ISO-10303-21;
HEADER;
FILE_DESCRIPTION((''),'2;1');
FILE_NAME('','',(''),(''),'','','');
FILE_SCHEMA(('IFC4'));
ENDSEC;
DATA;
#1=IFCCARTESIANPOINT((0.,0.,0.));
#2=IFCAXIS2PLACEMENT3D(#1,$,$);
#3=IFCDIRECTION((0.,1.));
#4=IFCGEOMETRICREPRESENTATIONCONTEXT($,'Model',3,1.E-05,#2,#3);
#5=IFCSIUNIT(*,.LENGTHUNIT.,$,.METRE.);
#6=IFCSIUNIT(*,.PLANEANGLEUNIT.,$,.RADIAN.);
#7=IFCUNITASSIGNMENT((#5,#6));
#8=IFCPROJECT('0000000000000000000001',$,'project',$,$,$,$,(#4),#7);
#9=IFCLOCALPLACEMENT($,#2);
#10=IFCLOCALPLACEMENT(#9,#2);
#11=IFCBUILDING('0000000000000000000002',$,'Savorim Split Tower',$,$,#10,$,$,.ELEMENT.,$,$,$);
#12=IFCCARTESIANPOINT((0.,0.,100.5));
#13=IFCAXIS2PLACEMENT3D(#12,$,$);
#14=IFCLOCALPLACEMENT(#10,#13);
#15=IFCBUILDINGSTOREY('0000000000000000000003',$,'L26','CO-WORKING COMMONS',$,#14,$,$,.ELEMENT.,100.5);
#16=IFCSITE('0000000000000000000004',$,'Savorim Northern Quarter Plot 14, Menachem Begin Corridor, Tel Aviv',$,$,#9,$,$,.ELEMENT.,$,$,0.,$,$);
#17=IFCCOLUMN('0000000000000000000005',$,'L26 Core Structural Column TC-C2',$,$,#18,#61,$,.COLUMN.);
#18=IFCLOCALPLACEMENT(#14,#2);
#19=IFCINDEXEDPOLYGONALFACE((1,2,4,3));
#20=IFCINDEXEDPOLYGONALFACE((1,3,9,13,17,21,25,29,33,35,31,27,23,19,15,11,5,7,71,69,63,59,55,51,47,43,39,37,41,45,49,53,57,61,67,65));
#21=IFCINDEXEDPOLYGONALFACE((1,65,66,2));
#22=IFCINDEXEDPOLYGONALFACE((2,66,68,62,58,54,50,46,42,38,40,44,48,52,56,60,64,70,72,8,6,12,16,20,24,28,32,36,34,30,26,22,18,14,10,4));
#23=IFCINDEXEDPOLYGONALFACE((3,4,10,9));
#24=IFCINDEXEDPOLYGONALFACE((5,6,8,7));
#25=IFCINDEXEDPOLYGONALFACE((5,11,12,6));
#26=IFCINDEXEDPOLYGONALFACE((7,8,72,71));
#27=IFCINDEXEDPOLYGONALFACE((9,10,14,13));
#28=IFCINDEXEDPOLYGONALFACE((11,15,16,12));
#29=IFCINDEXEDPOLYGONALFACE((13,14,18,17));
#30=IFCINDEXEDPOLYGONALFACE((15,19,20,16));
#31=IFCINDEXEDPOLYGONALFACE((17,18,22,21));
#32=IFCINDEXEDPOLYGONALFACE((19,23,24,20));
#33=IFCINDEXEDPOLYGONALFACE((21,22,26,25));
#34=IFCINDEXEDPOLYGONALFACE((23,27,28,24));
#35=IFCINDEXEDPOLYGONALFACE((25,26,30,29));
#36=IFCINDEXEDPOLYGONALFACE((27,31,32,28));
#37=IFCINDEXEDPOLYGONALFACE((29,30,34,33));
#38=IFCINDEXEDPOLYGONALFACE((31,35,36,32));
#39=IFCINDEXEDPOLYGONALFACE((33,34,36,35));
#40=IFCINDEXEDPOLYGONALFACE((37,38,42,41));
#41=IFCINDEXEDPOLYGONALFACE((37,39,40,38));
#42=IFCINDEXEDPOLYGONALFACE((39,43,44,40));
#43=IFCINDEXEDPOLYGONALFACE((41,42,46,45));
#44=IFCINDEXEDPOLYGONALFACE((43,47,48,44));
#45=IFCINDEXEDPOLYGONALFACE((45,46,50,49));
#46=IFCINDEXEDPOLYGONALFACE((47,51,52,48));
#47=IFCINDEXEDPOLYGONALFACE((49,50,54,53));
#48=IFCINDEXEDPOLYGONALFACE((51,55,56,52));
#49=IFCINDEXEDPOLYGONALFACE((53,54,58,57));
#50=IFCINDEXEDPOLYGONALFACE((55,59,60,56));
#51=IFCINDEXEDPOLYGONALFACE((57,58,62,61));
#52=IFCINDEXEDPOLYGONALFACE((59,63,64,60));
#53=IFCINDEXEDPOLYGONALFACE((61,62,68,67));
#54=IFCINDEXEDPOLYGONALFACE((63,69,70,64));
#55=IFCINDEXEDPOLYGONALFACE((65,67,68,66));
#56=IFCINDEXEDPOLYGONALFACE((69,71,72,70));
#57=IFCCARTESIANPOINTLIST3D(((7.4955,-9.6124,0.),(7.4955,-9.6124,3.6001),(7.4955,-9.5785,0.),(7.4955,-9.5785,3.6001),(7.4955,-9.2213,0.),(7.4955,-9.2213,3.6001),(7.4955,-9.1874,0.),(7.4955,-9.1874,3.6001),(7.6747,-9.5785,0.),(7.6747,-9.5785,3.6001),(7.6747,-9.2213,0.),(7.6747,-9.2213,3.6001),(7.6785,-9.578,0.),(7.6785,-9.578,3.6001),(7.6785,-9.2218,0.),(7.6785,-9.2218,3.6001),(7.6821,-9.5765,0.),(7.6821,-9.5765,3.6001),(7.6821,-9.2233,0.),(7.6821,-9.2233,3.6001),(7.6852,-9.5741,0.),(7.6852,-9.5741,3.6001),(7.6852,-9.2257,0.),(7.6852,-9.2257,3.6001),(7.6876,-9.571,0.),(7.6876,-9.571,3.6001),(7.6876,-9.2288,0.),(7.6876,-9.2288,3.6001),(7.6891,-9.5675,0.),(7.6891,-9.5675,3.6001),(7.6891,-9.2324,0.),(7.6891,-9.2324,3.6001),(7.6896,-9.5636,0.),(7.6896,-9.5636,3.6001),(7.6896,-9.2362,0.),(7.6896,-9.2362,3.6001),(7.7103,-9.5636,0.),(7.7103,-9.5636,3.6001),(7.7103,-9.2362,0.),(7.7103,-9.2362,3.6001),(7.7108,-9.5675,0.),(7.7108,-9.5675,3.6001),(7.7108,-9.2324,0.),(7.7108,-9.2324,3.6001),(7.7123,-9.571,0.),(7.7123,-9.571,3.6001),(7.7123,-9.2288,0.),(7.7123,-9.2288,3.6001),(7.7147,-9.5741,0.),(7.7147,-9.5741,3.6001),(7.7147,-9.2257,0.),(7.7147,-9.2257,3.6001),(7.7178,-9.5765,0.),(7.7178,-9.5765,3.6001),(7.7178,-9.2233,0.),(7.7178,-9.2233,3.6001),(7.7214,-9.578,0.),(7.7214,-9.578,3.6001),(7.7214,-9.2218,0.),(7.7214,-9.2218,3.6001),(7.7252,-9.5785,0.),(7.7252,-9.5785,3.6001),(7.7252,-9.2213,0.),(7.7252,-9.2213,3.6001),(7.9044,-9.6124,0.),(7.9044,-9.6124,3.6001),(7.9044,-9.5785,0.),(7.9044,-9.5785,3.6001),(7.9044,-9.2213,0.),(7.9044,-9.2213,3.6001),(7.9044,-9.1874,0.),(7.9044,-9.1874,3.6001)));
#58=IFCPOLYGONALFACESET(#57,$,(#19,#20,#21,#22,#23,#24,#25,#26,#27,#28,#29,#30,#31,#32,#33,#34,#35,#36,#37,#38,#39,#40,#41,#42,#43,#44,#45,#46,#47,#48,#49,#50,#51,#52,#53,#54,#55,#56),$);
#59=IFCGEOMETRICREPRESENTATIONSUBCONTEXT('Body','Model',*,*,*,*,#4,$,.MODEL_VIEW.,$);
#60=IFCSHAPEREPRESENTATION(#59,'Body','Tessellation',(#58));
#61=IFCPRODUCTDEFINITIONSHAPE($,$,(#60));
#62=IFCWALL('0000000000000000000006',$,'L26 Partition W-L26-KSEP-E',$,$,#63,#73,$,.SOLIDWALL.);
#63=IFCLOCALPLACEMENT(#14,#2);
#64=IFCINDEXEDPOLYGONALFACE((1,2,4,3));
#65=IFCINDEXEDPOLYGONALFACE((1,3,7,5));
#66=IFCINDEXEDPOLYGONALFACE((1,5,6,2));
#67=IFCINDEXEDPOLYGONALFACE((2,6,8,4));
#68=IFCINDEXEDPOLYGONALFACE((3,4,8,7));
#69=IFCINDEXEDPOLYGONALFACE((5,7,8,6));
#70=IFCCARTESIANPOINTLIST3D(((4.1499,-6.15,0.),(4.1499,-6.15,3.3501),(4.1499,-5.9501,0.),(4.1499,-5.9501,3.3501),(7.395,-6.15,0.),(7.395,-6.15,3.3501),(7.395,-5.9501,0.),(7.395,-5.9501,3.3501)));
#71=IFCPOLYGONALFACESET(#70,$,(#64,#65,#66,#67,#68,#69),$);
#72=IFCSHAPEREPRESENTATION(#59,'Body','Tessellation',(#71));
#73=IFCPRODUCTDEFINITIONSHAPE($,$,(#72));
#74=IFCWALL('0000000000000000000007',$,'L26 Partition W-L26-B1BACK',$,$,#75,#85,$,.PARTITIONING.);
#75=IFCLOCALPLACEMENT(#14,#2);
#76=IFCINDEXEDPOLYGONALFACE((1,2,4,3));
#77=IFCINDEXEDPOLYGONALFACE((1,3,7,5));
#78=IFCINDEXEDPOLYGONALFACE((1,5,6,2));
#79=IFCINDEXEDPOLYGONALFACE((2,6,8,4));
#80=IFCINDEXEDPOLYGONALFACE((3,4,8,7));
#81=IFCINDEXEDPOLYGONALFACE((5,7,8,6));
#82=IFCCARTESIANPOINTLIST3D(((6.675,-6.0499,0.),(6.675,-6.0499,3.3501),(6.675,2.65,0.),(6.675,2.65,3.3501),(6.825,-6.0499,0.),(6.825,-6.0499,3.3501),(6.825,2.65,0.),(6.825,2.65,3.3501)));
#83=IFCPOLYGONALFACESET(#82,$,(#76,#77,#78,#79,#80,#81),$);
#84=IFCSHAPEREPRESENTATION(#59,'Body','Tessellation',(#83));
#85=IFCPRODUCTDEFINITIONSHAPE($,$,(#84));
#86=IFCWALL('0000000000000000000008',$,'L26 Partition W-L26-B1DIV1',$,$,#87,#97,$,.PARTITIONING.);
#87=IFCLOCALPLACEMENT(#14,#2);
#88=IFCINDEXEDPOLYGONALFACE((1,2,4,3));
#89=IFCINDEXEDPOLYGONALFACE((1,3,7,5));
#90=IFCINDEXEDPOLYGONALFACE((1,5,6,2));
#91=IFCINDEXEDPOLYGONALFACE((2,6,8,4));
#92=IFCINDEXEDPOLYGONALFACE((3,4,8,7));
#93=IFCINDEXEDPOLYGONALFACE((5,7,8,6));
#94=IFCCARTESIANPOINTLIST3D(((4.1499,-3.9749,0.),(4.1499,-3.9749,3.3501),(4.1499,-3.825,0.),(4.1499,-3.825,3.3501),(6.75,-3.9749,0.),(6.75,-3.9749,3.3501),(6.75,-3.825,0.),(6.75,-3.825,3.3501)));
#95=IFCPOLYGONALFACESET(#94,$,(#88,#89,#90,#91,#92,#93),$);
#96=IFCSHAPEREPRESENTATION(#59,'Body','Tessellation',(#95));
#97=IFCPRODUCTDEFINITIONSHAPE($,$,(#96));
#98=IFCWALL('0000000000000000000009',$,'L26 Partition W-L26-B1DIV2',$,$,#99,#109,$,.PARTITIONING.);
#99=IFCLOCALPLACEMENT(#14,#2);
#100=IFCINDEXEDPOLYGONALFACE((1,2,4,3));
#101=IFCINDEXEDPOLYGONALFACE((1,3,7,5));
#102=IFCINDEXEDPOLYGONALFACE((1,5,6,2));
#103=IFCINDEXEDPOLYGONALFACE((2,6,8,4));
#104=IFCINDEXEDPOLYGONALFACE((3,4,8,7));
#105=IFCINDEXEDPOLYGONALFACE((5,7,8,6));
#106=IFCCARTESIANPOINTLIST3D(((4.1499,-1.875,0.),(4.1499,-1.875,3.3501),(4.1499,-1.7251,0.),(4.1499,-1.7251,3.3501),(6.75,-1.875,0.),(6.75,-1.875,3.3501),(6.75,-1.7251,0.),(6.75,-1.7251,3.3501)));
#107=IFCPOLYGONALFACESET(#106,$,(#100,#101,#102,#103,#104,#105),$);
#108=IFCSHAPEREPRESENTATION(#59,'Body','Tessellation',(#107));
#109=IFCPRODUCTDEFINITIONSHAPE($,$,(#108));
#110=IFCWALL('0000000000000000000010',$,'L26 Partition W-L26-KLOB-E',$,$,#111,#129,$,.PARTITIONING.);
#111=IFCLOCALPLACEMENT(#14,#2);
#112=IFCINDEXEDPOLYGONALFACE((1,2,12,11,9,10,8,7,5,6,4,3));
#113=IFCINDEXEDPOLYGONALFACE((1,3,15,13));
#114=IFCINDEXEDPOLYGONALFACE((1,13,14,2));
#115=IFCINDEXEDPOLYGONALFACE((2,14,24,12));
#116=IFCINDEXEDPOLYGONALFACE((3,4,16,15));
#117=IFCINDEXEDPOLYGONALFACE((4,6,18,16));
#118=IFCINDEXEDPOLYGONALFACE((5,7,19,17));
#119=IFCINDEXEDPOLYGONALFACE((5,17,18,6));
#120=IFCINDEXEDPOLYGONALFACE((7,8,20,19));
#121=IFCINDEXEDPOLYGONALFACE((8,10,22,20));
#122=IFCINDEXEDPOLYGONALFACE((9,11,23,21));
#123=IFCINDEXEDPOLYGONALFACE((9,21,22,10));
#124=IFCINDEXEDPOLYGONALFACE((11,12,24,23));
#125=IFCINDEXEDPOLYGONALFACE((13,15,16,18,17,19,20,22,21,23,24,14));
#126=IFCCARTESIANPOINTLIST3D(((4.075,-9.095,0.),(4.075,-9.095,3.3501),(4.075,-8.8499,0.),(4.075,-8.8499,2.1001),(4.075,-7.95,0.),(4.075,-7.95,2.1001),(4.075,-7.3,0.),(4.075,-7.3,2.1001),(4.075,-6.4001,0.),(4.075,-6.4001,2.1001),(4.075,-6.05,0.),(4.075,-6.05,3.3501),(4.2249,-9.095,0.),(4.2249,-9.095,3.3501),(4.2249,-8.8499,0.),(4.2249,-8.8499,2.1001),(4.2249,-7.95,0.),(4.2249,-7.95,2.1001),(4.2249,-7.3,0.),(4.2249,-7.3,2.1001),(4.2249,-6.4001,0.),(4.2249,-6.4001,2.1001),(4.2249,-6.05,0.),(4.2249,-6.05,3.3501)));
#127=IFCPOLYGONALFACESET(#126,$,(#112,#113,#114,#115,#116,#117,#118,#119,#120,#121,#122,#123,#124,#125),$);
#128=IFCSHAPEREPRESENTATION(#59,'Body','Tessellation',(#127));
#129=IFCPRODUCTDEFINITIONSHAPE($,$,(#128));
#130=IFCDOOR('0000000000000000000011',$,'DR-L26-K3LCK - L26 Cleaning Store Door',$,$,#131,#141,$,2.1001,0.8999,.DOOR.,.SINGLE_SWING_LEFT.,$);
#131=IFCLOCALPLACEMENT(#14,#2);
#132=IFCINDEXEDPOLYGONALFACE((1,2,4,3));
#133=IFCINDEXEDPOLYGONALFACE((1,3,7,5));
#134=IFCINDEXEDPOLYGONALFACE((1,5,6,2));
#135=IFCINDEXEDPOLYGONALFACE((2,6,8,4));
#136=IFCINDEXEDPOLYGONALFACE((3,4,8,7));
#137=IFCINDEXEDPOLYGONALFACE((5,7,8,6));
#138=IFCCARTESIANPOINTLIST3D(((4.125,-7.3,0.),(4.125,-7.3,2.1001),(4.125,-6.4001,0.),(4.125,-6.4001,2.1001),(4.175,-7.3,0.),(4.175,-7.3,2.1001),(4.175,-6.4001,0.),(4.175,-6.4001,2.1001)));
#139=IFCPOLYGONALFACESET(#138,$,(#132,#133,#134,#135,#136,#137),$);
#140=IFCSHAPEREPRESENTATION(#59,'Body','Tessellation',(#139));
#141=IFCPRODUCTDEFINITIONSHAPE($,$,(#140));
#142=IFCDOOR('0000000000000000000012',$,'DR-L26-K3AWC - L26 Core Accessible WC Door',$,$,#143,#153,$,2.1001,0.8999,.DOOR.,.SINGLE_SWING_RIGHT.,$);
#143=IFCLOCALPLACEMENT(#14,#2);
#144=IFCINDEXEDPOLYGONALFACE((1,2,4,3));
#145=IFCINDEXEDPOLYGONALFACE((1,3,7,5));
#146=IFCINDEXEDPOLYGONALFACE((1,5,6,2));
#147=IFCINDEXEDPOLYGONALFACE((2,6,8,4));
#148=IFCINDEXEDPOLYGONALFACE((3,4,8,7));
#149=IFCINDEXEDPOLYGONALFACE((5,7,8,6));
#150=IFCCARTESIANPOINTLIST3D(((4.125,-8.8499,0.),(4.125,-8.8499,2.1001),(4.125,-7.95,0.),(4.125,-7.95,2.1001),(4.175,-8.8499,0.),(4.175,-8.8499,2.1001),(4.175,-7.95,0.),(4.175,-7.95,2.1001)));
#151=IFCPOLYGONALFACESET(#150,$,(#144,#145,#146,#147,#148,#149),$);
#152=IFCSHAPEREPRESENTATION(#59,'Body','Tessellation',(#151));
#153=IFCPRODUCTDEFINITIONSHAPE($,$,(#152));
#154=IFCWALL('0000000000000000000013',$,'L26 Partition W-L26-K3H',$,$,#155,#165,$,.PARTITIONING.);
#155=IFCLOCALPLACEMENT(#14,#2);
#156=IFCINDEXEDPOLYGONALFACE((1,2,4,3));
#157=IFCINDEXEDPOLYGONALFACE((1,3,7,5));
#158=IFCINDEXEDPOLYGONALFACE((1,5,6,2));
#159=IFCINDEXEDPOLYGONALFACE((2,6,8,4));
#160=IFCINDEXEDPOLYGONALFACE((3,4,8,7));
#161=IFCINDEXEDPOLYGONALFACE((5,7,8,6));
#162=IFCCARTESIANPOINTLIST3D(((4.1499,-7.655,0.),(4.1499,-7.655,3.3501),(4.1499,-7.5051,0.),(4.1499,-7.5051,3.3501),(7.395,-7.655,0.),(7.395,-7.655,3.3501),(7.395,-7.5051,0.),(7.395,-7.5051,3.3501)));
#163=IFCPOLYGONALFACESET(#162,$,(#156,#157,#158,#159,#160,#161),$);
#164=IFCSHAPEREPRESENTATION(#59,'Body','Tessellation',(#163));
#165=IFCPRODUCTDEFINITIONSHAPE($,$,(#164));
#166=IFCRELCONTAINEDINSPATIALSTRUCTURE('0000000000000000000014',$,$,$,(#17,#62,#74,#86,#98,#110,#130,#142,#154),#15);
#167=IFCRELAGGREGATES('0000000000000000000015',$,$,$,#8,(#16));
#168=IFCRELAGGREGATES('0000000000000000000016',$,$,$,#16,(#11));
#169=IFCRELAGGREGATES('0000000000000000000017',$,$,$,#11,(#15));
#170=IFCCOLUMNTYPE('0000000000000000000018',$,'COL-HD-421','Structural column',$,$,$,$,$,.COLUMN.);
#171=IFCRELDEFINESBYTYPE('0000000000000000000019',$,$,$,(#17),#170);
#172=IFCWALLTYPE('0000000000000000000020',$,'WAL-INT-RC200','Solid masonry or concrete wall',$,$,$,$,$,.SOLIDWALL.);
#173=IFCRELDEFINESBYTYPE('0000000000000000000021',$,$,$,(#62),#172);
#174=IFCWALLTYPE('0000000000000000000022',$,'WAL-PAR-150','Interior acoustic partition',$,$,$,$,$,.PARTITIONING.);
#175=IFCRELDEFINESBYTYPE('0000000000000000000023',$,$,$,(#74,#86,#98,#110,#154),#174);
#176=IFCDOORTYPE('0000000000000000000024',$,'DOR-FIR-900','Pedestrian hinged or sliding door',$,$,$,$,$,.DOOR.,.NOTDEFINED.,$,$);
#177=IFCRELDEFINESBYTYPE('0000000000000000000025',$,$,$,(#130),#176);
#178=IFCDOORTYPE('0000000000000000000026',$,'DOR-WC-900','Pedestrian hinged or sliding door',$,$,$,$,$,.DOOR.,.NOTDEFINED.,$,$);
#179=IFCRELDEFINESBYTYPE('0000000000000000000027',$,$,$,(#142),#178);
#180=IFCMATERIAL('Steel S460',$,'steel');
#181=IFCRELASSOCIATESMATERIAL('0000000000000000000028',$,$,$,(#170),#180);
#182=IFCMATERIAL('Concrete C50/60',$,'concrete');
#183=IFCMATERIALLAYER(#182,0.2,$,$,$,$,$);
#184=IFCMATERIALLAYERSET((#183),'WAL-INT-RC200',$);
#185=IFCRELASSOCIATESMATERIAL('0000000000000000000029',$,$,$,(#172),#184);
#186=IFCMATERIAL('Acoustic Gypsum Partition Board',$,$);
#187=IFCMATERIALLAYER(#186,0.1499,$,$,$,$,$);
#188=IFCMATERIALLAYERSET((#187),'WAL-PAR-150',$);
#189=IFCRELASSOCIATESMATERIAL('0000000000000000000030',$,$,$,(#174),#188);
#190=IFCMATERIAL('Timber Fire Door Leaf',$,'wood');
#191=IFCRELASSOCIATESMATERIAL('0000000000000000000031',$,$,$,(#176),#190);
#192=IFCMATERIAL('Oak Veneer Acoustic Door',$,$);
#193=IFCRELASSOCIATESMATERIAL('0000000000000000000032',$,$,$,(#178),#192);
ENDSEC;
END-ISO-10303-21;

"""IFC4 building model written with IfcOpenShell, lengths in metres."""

from ifc_helpers import new_model, si_unit, direction, frame, frame_2d, origin, origin_2d, place, context, subcontext, project, spatial, rectangle, i_section, extrude, material, layer, layer_set, material_profile, profile_set, type_object, element, fill, save


model = new_model("IFC4")

# Units and contexts
model_context = context("Model", 3, precision=1e-05, world=origin(), true_north=direction((0.0, 1.0)))
body_context = subcontext(model_context, "Body", "Model", "MODEL_VIEW")
ifc_project = project(units=[si_unit("LENGTHUNIT", "METRE"), si_unit("PLANEANGLEUNIT", "RADIAN")], contexts=[model_context])

# Site, building, storey
site_placement = place(None, origin())
site = spatial("IfcSite", under=ifc_project, at=site_placement, Name="Savorim Northern Quarter Plot 14, Menachem Begin Corridor, Tel Aviv", CompositionType="ELEMENT", RefElevation=0.0)
building_placement = place(site_placement, origin())
building = spatial("IfcBuilding", under=site, at=building_placement, Name="Savorim Split Tower", CompositionType="ELEMENT")
storey_placement = place(building_placement, frame((0.0, 0.0, 100.5)))
storey = spatial("IfcBuildingStorey", under=building, at=storey_placement, Name="L26", Description="CO-WORKING COMMONS", CompositionType="ELEMENT", Elevation=100.5)

# Column
ifc_material_1 = material(Name="Steel S460", Category="steel")
ifc_material_profile = material_profile(ifc_material_1, i_section(OverallWidth=0.4089, OverallDepth=0.425, WebThickness=0.0208, FlangeThickness=0.0339, FilletRadius=0.0149, at=origin_2d()), Name="HD 400x421")
ifc_profile_set = profile_set([ifc_material_profile], Name="Steel S460")
column_type = type_object("IfcColumnType", Name="COL-HD-421", Description="Structural column", PredefinedType="COLUMN", material=ifc_profile_set)
column_placement = place(storey_placement, frame((7.7, -9.3999, 0.0), z_axis=(0.0, 0.0, 1.0), x_axis=(1.0, 0.0, 0.0)))
element("IfcColumn", 1, at=column_placement, inside=storey, type_object=column_type, Name="L26 Core Structural Column TC-C2", PredefinedType="COLUMN", context=body_context, shape_type="SweptSolid", body=[
    extrude(i_section(OverallWidth=0.4089, OverallDepth=0.425, WebThickness=0.0208, FlangeThickness=0.0339, FilletRadius=0.0149, at=origin_2d()), origin(), (0.0, 0.0, 1.0), 3.6001),
])

# Shared definitions
ifc_material_2 = material(Name="Concrete C50/60", Category="concrete")
ifc_layer_1 = layer(ifc_material_2, 0.2)
ifc_layer_set_1 = layer_set([ifc_layer_1], Name="WAL-INT-RC200")
wall_type_1 = type_object("IfcWallType", Name="WAL-INT-RC200", Description="Solid masonry or concrete wall", PredefinedType="SOLIDWALL", material=ifc_layer_set_1)

# Walls
wall_1_placement = place(storey_placement, frame((4.1499, -6.05, 0.0), z_axis=(0.0, 0.0, 1.0), x_axis=(1.0, 0.0, 0.0)))
element("IfcWall", 2, at=wall_1_placement, inside=storey, type_object=wall_type_1, Name="L26 Partition W-L26-KSEP-E", PredefinedType="SOLIDWALL", context=body_context, shape_type="SweptSolid", body=[
    extrude(rectangle(XDim=3.2451, YDim=0.2, at=frame_2d((1.6226, 0.0))), origin(), (0.0, 0.0, 1.0), 3.3501),
])
ifc_material_3 = material(Name="Acoustic Gypsum Partition Board")
ifc_layer_2 = layer(ifc_material_3, 0.1499)
ifc_layer_set_2 = layer_set([ifc_layer_2], Name="WAL-PAR-150")
wall_type_2 = type_object("IfcWallType", Name="WAL-PAR-150", Description="Interior acoustic partition", PredefinedType="PARTITIONING", material=ifc_layer_set_2)
wall_2_placement = place(storey_placement, frame((6.75, -6.05, 0.0), z_axis=(0.0, 0.0, 1.0), x_axis=(0.0, 1.0, 0.0)))
element("IfcWall", 3, at=wall_2_placement, inside=storey, type_object=wall_type_2, Name="L26 Partition W-L26-B1BACK", PredefinedType="PARTITIONING", context=body_context, shape_type="SweptSolid", body=[
    extrude(rectangle(XDim=8.7, YDim=0.1499, at=frame_2d((4.3501, 0.0))), origin(), (0.0, 0.0, 1.0), 3.3501),
])
for number, where, z_axis, x_axis, name in (
    (4, (4.1499, -3.8999, 0.0), (0.0, 0.0, 1.0), (1.0, 0.0, 0.0), "L26 Partition W-L26-B1DIV1"),
    (5, (4.1499, -1.8, 0.0), (0.0, 0.0, 1.0), (1.0, 0.0, 0.0), "L26 Partition W-L26-B1DIV2"),
):
    element("IfcWall", number, at=place(storey_placement, frame(where, z_axis=z_axis, x_axis=x_axis)), inside=storey, type_object=wall_type_2, Name=name, PredefinedType="PARTITIONING", context=body_context, shape_type="SweptSolid", body=[
        extrude(rectangle(XDim=2.6001, YDim=0.1499, at=frame_2d((1.3, 0.0))), origin(), (0.0, 0.0, 1.0), 3.3501),
    ])

# Wall, openings, doors
wall_3_placement = place(storey_placement, frame((4.1499, -9.095, 0.0), z_axis=(0.0, 0.0, 1.0), x_axis=(0.0, 1.0, 0.0)))
wall_3 = element("IfcWall", 6, at=wall_3_placement, inside=storey, type_object=wall_type_2, Name="L26 Partition W-L26-KLOB-E", PredefinedType="PARTITIONING", context=body_context, shape_type="SweptSolid", body=[
    extrude(rectangle(XDim=3.0449, YDim=0.1499, at=frame_2d((1.5225, 0.0))), origin(), (0.0, 0.0, 1.0), 3.3501),
])
opening_1_placement = place(wall_3_placement, frame((0.2451, 0.0, 0.0)))
opening_1 = element("IfcOpeningElement", 7, at=opening_1_placement, cuts=wall_3, PredefinedType="OPENING", context=body_context, shape_type="SweptSolid", body=[
    extrude(rectangle(XDim=0.8999, YDim=2.1001, at=frame_2d((0.45, 1.05))), frame((0.0, 0.085, 0.0), z_axis=(0.0, -1.0, 0.0), x_axis=(1.0, 0.0, 0.0)), (0.0, 0.0, 1.0), 0.1699),
])
opening_2_placement = place(wall_3_placement, frame((1.7949, 0.0, 0.0)))
opening_2 = element("IfcOpeningElement", 8, at=opening_2_placement, cuts=wall_3, PredefinedType="OPENING", context=body_context, shape_type="SweptSolid", body=[
    extrude(rectangle(XDim=0.8999, YDim=2.1001, at=frame_2d((0.45, 1.05))), frame((0.0, 0.085, 0.0), z_axis=(0.0, -1.0, 0.0), x_axis=(1.0, 0.0, 0.0)), (0.0, 0.0, 1.0), 0.1699),
])
ifc_material_4 = material(Name="Timber Fire Door Leaf", Category="wood")
door_type_1 = type_object("IfcDoorType", Name="DOR-FIR-900", Description="Pedestrian hinged or sliding door", OperationType="NOTDEFINED", PredefinedType="DOOR", material=ifc_material_4)
door_1_placement = place(opening_2_placement, origin())
door_1 = element("IfcDoor", 9, at=door_1_placement, inside=storey, type_object=door_type_1, Name="DR-L26-K3LCK - L26 Cleaning Store Door", OperationType="SINGLE_SWING_LEFT", OverallHeight=2.1001, OverallWidth=0.8999, PredefinedType="DOOR", context=body_context, shape_type="SweptSolid", body=[
    extrude(rectangle(XDim=0.8999, YDim=2.1001, at=frame_2d((0.45, 1.05))), frame((0.0, 0.0249, 0.0), z_axis=(0.0, -1.0, 0.0), x_axis=(1.0, 0.0, 0.0)), (0.0, 0.0, 1.0), 0.05),
])
fill(opening_2, door_1)
ifc_material_5 = material(Name="Oak Veneer Acoustic Door")
door_type_2 = type_object("IfcDoorType", Name="DOR-WC-900", Description="Pedestrian hinged or sliding door", OperationType="NOTDEFINED", PredefinedType="DOOR", material=ifc_material_5)
door_2_placement = place(opening_1_placement, origin())
door_2 = element("IfcDoor", 10, at=door_2_placement, inside=storey, type_object=door_type_2, Name="DR-L26-K3AWC - L26 Core Accessible WC Door", OperationType="SINGLE_SWING_RIGHT", OverallHeight=2.1001, OverallWidth=0.8999, PredefinedType="DOOR", context=body_context, shape_type="SweptSolid", body=[
    extrude(rectangle(XDim=0.8999, YDim=2.1001, at=frame_2d((0.45, 1.05))), frame((0.0, 0.0249, 0.0), z_axis=(0.0, -1.0, 0.0), x_axis=(1.0, 0.0, 0.0)), (0.0, 0.0, 1.0), 0.05),
])
fill(opening_1, door_2)

# Wall
wall_4_placement = place(storey_placement, frame((4.1499, -7.5801, 0.0), z_axis=(0.0, 0.0, 1.0), x_axis=(1.0, 0.0, 0.0)))
element("IfcWall", 11, at=wall_4_placement, inside=storey, type_object=wall_type_2, Name="L26 Partition W-L26-K3H", PredefinedType="PARTITIONING", context=body_context, shape_type="SweptSolid", body=[
    extrude(rectangle(XDim=3.2451, YDim=0.1499, at=frame_2d((1.6226, 0.0))), origin(), (0.0, 0.0, 1.0), 3.3501),
])

save(model, "model.ifc")
